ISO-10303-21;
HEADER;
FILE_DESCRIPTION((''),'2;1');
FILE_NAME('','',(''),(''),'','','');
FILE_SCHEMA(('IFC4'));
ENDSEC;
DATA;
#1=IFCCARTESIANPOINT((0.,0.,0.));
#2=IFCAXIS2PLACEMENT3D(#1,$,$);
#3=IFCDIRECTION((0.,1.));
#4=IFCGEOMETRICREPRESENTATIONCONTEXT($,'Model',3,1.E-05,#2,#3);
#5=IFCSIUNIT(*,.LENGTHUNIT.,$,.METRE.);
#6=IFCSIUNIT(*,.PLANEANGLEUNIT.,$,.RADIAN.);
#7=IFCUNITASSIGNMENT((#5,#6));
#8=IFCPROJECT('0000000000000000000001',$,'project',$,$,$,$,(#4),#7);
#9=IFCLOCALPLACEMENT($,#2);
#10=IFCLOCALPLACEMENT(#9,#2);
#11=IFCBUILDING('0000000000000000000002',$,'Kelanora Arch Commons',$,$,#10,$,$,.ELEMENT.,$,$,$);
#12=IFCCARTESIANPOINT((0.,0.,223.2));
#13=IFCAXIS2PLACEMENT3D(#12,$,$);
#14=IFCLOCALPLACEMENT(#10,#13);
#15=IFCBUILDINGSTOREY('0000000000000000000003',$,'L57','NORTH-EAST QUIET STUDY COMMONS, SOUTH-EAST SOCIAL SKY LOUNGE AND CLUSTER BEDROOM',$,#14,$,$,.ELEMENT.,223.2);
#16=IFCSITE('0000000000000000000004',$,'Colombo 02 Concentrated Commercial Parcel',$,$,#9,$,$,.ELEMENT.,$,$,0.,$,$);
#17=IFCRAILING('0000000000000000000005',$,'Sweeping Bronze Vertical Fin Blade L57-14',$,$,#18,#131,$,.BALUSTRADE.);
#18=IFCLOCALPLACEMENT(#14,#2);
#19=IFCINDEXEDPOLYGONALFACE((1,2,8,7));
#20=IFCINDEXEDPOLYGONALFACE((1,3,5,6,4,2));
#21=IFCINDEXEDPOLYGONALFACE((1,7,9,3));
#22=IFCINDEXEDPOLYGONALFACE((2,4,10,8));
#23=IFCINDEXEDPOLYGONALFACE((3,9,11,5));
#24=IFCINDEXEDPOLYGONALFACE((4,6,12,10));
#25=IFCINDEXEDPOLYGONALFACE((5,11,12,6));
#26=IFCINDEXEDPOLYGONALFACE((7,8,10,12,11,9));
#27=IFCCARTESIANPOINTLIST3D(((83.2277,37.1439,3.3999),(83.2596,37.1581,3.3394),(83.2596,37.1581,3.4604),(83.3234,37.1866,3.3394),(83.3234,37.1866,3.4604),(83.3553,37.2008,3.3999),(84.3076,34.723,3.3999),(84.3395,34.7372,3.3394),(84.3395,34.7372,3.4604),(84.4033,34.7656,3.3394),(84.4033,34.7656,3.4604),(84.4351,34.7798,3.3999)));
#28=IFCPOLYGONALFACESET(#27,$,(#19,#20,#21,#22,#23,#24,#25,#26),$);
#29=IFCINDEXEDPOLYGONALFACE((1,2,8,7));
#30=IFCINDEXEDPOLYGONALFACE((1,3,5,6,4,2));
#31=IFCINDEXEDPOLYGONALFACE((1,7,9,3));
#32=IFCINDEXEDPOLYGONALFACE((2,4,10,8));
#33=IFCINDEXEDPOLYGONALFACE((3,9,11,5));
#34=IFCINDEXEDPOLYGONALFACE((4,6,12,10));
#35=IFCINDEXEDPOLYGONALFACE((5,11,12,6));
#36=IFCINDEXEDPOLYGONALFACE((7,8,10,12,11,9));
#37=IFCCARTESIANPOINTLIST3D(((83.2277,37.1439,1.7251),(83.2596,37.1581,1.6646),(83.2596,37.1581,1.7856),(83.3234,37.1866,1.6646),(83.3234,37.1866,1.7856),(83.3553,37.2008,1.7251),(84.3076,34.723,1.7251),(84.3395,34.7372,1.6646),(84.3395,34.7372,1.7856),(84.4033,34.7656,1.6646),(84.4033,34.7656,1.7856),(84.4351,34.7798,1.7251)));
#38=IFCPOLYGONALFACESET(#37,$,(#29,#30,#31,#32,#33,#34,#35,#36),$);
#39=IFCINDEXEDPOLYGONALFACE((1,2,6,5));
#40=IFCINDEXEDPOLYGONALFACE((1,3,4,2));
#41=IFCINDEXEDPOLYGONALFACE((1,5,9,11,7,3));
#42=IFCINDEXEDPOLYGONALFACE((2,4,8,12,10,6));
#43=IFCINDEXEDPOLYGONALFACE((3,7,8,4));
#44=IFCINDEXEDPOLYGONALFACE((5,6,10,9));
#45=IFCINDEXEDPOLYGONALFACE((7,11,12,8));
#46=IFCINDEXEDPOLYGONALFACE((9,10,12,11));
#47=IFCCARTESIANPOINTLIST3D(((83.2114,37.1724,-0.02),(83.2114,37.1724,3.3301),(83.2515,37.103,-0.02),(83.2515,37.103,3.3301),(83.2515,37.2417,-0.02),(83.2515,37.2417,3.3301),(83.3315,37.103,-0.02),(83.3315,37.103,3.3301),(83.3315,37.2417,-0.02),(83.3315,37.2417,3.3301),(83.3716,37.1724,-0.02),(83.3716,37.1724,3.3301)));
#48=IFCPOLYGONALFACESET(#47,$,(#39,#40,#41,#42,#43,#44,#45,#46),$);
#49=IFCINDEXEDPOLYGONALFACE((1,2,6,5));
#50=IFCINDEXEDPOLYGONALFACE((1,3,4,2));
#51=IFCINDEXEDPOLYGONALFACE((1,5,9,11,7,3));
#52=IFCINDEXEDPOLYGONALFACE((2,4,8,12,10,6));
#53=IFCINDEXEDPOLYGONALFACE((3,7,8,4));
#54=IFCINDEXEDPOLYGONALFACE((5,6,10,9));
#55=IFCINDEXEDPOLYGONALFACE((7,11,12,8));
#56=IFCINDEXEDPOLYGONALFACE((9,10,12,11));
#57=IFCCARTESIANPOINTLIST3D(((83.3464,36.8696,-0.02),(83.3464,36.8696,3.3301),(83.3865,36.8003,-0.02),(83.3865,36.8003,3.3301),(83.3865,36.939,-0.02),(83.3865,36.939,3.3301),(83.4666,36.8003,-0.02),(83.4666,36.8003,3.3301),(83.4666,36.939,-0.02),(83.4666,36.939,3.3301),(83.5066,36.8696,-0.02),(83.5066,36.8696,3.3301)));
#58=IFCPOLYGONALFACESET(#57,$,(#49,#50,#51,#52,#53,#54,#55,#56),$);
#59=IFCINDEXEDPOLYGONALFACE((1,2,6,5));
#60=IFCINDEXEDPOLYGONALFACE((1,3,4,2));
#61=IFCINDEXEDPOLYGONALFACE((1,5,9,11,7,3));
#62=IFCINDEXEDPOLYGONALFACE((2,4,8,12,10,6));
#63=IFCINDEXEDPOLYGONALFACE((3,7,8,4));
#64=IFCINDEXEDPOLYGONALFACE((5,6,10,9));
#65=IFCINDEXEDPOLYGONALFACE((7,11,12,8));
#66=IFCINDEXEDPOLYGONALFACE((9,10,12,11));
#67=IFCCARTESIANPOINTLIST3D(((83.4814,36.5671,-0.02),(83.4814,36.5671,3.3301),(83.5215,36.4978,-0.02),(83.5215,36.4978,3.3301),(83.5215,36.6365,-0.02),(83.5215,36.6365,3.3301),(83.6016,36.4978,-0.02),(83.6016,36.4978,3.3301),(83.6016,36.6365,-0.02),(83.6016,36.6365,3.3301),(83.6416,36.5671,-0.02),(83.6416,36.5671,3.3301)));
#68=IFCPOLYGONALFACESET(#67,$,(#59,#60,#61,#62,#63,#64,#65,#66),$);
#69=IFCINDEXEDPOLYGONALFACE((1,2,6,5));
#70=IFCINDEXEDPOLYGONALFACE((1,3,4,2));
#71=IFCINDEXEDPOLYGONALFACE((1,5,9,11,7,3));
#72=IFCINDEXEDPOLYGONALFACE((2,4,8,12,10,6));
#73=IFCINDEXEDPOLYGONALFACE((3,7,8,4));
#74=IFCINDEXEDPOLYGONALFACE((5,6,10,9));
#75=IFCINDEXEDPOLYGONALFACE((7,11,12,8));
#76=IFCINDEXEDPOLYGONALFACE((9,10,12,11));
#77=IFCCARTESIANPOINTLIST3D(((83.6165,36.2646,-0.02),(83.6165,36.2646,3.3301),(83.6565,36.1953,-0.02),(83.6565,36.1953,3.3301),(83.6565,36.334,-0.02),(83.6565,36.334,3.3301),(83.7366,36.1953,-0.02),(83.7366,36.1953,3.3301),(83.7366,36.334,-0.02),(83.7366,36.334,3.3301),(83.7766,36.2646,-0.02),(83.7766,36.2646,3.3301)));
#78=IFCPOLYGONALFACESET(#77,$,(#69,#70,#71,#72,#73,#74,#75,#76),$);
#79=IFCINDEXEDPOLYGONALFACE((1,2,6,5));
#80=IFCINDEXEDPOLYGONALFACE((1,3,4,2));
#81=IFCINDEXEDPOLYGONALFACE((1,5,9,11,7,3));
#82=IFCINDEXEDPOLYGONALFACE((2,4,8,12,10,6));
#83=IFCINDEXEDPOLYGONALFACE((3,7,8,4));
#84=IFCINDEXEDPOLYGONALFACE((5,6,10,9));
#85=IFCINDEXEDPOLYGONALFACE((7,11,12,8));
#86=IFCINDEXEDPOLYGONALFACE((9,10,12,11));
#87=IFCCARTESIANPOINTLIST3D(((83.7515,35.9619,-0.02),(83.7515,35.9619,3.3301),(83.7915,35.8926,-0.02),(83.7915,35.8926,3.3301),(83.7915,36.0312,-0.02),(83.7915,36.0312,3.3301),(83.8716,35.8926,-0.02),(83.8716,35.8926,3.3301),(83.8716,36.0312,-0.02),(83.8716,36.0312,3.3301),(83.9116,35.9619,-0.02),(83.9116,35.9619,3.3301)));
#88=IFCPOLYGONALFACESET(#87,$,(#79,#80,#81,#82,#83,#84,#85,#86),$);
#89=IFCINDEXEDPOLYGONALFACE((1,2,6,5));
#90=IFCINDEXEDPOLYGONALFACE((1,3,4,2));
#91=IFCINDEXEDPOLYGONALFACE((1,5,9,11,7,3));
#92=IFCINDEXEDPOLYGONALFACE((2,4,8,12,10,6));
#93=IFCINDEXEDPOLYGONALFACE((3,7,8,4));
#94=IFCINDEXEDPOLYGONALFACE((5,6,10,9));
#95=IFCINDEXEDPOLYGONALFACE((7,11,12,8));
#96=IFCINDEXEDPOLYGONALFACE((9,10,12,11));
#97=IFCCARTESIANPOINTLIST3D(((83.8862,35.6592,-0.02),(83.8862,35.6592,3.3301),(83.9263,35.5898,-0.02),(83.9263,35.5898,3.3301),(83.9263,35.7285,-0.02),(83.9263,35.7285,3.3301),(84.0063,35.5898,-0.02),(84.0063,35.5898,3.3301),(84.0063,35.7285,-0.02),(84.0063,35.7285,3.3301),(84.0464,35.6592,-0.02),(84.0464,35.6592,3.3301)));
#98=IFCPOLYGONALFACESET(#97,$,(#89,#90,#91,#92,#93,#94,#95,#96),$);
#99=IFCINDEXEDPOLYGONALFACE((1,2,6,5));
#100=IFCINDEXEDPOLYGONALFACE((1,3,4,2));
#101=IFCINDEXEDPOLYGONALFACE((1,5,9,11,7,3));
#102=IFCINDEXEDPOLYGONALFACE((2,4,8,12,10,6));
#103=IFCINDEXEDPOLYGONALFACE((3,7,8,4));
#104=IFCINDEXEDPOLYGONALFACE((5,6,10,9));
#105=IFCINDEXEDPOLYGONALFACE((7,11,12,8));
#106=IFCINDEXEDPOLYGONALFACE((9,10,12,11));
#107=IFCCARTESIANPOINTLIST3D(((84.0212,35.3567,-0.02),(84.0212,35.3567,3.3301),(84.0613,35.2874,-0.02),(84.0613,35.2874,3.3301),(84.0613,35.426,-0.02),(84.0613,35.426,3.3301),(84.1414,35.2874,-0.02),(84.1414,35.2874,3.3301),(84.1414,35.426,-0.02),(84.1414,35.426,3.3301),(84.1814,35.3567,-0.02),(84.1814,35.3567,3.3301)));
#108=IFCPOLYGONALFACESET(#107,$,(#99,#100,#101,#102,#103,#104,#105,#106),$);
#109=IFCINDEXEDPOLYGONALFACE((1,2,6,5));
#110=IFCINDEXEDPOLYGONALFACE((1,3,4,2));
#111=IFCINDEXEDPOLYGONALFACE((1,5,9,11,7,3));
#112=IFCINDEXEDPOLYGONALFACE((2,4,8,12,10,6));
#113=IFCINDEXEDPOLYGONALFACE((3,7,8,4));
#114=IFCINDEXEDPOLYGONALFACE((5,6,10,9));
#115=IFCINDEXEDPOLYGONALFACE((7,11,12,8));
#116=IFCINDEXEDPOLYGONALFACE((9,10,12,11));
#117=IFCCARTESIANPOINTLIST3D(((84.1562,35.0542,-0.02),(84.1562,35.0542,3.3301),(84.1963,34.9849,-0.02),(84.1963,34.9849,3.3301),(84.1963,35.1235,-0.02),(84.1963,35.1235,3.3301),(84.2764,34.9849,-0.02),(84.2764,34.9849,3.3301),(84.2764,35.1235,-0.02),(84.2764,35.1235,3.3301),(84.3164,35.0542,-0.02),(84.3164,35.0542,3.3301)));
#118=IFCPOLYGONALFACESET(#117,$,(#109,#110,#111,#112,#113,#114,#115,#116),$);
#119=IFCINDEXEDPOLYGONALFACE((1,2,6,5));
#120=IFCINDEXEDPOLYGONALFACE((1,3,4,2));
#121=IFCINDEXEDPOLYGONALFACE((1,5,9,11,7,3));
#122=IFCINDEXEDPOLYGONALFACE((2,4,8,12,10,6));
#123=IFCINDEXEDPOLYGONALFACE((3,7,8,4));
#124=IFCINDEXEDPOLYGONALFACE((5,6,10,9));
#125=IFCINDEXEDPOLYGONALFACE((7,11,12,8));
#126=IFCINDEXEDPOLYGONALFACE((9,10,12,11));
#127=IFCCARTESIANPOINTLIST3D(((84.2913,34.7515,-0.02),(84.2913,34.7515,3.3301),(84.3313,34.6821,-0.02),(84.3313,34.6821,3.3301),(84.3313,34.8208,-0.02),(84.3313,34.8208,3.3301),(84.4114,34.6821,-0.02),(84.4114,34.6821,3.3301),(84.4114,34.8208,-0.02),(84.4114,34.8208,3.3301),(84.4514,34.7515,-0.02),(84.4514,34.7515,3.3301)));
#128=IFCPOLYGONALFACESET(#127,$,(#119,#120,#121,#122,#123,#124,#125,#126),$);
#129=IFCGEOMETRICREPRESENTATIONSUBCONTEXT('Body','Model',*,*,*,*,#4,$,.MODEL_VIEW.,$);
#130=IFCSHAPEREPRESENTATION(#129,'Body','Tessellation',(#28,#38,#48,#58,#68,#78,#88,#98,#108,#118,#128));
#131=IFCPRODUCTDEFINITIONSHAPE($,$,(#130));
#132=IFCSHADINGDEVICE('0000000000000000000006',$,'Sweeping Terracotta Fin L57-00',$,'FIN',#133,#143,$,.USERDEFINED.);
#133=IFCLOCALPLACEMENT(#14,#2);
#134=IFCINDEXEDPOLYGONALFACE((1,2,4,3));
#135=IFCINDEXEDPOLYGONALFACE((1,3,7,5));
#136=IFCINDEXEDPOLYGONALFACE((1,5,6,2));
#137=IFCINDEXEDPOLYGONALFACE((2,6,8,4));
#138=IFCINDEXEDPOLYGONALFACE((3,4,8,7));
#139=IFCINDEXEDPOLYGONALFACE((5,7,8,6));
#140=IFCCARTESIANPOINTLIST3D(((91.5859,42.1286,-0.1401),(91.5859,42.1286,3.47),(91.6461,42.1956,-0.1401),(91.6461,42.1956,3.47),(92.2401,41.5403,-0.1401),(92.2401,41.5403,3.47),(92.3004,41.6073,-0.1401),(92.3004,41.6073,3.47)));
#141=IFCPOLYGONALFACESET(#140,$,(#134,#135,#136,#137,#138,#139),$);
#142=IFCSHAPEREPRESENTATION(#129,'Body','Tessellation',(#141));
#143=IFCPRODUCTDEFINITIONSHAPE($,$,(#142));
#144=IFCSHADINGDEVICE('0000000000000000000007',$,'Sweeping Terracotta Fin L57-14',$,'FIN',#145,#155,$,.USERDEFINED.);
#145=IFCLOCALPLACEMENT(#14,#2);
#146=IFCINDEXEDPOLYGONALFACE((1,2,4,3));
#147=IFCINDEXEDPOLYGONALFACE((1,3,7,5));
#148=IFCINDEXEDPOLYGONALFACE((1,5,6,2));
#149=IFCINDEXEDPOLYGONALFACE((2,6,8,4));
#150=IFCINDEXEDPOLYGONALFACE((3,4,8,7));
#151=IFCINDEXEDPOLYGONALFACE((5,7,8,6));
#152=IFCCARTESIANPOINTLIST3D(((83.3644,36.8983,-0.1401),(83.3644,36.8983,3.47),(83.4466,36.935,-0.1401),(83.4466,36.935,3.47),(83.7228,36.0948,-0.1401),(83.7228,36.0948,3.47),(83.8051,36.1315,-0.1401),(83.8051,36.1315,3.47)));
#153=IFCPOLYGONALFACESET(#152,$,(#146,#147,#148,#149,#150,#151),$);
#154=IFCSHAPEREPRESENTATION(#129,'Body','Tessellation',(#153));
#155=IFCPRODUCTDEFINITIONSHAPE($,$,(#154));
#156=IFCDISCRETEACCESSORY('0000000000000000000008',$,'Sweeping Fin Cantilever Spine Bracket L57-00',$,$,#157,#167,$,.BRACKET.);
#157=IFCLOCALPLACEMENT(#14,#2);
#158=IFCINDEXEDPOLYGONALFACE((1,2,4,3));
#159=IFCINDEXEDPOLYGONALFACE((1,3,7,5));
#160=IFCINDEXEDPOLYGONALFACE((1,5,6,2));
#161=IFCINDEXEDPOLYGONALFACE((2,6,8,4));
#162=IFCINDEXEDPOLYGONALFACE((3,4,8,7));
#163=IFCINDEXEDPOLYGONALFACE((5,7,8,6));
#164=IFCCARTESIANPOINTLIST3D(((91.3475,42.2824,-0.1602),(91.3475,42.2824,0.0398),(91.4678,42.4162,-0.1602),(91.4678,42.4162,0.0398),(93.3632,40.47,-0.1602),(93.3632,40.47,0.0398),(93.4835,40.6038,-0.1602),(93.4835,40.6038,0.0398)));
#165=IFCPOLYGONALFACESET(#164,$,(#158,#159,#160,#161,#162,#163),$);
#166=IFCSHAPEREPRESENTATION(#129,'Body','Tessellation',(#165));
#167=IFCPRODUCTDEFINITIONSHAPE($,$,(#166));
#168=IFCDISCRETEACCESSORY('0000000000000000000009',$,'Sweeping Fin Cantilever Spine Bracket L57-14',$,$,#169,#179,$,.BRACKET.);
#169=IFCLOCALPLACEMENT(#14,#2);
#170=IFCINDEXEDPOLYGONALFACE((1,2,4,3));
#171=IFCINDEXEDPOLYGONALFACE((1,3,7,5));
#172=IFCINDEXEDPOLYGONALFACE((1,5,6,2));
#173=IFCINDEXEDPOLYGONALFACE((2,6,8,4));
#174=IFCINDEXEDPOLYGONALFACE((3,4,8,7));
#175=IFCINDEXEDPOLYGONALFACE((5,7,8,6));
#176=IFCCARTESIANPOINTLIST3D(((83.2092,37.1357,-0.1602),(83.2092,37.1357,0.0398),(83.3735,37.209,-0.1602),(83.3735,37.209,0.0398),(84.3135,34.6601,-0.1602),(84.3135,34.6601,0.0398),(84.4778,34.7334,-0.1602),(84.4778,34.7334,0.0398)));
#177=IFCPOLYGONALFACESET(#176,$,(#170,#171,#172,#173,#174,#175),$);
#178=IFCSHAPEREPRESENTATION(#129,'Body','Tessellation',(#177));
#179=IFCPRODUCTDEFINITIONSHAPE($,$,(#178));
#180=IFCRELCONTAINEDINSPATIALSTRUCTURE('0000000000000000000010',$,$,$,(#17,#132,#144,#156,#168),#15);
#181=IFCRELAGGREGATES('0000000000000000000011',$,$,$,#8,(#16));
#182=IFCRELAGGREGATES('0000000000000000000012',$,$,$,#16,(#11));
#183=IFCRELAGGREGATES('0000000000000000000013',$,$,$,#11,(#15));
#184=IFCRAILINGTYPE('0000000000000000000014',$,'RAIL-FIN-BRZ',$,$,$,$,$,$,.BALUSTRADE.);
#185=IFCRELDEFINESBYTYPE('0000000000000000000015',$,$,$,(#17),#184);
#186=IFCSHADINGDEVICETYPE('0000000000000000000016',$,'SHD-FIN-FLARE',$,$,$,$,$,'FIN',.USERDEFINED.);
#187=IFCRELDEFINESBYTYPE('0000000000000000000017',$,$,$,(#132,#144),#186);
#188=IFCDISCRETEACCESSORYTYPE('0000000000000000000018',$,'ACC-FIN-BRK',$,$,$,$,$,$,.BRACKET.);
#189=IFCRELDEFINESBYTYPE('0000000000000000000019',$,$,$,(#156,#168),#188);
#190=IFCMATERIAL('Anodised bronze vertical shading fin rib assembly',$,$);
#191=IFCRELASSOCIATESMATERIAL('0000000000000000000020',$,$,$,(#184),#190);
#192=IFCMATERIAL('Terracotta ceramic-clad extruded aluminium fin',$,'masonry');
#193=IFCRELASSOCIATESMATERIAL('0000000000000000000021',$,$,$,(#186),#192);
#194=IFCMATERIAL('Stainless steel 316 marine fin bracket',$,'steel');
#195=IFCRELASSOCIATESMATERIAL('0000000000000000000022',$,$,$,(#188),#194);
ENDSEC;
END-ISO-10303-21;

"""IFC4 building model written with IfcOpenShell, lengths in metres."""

from ifc_helpers import new_model, si_unit, direction, frame, origin, origin_2d, place, context, subcontext, project, spatial, polyline, rectangle, outline, extrude, source, transform, mapped, material, type_object, element, save


model = new_model("IFC4")

# Units and contexts
model_context = context("Model", 3, precision=1e-05, world=origin(), true_north=direction((0.0, 1.0)))
body_context = subcontext(model_context, "Body", "Model", "MODEL_VIEW")
ifc_project = project(units=[si_unit("LENGTHUNIT", "METRE"), si_unit("PLANEANGLEUNIT", "RADIAN")], contexts=[model_context])

# Site, building, storey
site_placement = place(None, origin())
site = spatial("IfcSite", under=ifc_project, at=site_placement, Name="Colombo 02 Concentrated Commercial Parcel", CompositionType="ELEMENT", RefElevation=0.0)
building_placement = place(site_placement, origin())
building = spatial("IfcBuilding", under=site, at=building_placement, Name="Kelanora Arch Commons", CompositionType="ELEMENT")
storey_placement = place(building_placement, frame((0.0, 0.0, 223.2)))
storey = spatial("IfcBuildingStorey", under=building, at=storey_placement, Name="L57", Description="NORTH-EAST QUIET STUDY COMMONS, SOUTH-EAST SOCIAL SKY LOUNGE AND CLUSTER BEDROOM", CompositionType="ELEMENT", Elevation=223.2)

# Railing
ifc_material_1 = material(Name="Anodised bronze vertical shading fin rib assembly")
railing_type = type_object("IfcRailingType", Name="RAIL-FIN-BRZ", PredefinedType="BALUSTRADE", material=ifc_material_1)
railing_1_placement = place(storey_placement, frame((83.2915, 37.1724, -0.02)))
element("IfcRailing", 1, at=railing_1_placement, inside=storey, type_object=railing_type, Name="Sweeping Bronze Vertical Fin Blade L57-14", PredefinedType="BALUSTRADE", context=body_context, shape_type="SweptSolid", body=[
    extrude(outline(polyline([(0.0698, 0.0), (0.0349, 0.0605), (-0.0349, 0.0605), (-0.0698, 0.0), (-0.0349, -0.0605), (0.0349, -0.0605), (0.0698, 0.0)])), frame((0.0, 0.0, 3.4199), z_axis=(0.40736, -0.913268, 0.0), x_axis=(0.913268, 0.40736, 0.0)), (0.0, 0.0, 1.0), 2.6509),
    extrude(outline(polyline([(0.0698, 0.0), (0.0349, 0.0605), (-0.0349, 0.0605), (-0.0698, 0.0), (-0.0349, -0.0605), (0.0349, -0.0605), (0.0698, 0.0)])), frame((0.0, 0.0, 1.7451), z_axis=(0.40736, -0.913268, 0.0), x_axis=(0.913268, 0.40736, 0.0)), (0.0, 0.0, 1.0), 2.6509),
    extrude(outline(polyline([(0.0801, 0.0), (0.04, 0.0693), (-0.04, 0.0693), (-0.0801, 0.0), (-0.04, -0.0693), (0.04, -0.0693), (0.0801, 0.0)])), origin(), (0.0, 0.0, 1.0), 3.3501),
    extrude(outline(polyline([(0.0801, 0.0), (0.04, 0.0693), (-0.04, 0.0693), (-0.0801, 0.0), (-0.04, -0.0693), (0.04, -0.0693), (0.0801, 0.0)])), frame((0.135, -0.3027, 0.0)), (0.0, 0.0, 1.0), 3.3501),
    extrude(outline(polyline([(0.0801, 0.0), (0.04, 0.0693), (-0.04, 0.0693), (-0.0801, 0.0), (-0.04, -0.0693), (0.04, -0.0693), (0.0801, 0.0)])), frame((0.27, -0.6052, 0.0)), (0.0, 0.0, 1.0), 3.3501),
    extrude(outline(polyline([(0.0801, 0.0), (0.04, 0.0693), (-0.04, 0.0693), (-0.0801, 0.0), (-0.04, -0.0693), (0.04, -0.0693), (0.0801, 0.0)])), frame((0.405, -0.9077, 0.0)), (0.0, 0.0, 1.0), 3.3501),
    extrude(outline(polyline([(0.0801, 0.0), (0.04, 0.0693), (-0.04, 0.0693), (-0.0801, 0.0), (-0.04, -0.0693), (0.04, -0.0693), (0.0801, 0.0)])), frame((0.54, -1.2104, 0.0)), (0.0, 0.0, 1.0), 3.3501),
    extrude(outline(polyline([(0.0801, 0.0), (0.04, 0.0693), (-0.04, 0.0693), (-0.0801, 0.0), (-0.04, -0.0693), (0.04, -0.0693), (0.0801, 0.0)])), frame((0.6748, -1.5132, 0.0)), (0.0, 0.0, 1.0), 3.3501),
    extrude(outline(polyline([(0.0801, 0.0), (0.04, 0.0693), (-0.04, 0.0693), (-0.0801, 0.0), (-0.04, -0.0693), (0.04, -0.0693), (0.0801, 0.0)])), frame((0.8098, -1.8157, 0.0)), (0.0, 0.0, 1.0), 3.3501),
    extrude(outline(polyline([(0.0801, 0.0), (0.04, 0.0693), (-0.04, 0.0693), (-0.0801, 0.0), (-0.04, -0.0693), (0.04, -0.0693), (0.0801, 0.0)])), frame((0.9448, -2.1182, 0.0)), (0.0, 0.0, 1.0), 3.3501),
    extrude(outline(polyline([(0.0801, 0.0), (0.04, 0.0693), (-0.04, 0.0693), (-0.0801, 0.0), (-0.04, -0.0693), (0.04, -0.0693), (0.0801, 0.0)])), frame((1.0798, -2.4209, 0.0)), (0.0, 0.0, 1.0), 3.3501),
])

# Shading devices
ifc_material_2 = material(Name="Terracotta ceramic-clad extruded aluminium fin", Category="masonry")
shading_device_type = type_object("IfcShadingDeviceType", Name="SHD-FIN-FLARE", ElementType="FIN", PredefinedType="USERDEFINED", material=ifc_material_2)
shared_shape_1 = source(origin(), body_context, "Body", "SweptSolid", [
    extrude(rectangle(XDim=0.8799, YDim=0.0901, at=origin_2d()), origin(), (0.0, 0.0, 1.0), 3.6101),
])
for number, where, z_axis, x_axis, name in (
    (2, (91.9431, 41.8679, -0.1401), (0.0, 0.0, 1.0), (0.743612, -0.668612, 0.0), "Sweeping Terracotta Fin L57-00"),
    (3, (83.5847, 36.5149, -0.1401), (0.0, 0.0, 1.0), (0.407374, -0.913261, 0.0), "Sweeping Terracotta Fin L57-14"),
):
    element("IfcShadingDevice", number, at=place(storey_placement, frame(where, z_axis=z_axis, x_axis=x_axis)), inside=storey, type_object=shading_device_type, Name=name, ObjectType="FIN", PredefinedType="USERDEFINED", context=body_context, shape_type="MappedRepresentation", body=[
        mapped(shared_shape_1, transform((0.0, 0.0, 0.0), scale=1.0)),
    ])

# Discrete accessories
ifc_material_3 = material(Name="Stainless steel 316 marine fin bracket", Category="steel")
discrete_accessory_type = type_object("IfcDiscreteAccessoryType", Name="ACC-FIN-BRK", PredefinedType="BRACKET", material=ifc_material_3)
shared_shape_2 = source(origin(), body_context, "Body", "SweptSolid", [
    extrude(rectangle(XDim=2.7107, YDim=0.1799, at=origin_2d()), origin(), (0.0, 0.0, 1.0), 0.2),
])
for number, where, z_axis, x_axis, name in (
    (4, (92.4155, 41.4431, -0.1602), (0.0, 0.0, 1.0), (0.743612, -0.668612, 0.0), "Sweeping Fin Cantilever Spine Bracket L57-00"),
    (5, (83.8435, 35.9346, -0.1602), (0.0, 0.0, 1.0), (0.407374, -0.913261, 0.0), "Sweeping Fin Cantilever Spine Bracket L57-14"),
):
    element("IfcDiscreteAccessory", number, at=place(storey_placement, frame(where, z_axis=z_axis, x_axis=x_axis)), inside=storey, type_object=discrete_accessory_type, Name=name, PredefinedType="BRACKET", context=body_context, shape_type="MappedRepresentation", body=[
        mapped(shared_shape_2, transform((0.0, 0.0, 0.0), scale=1.0)),
    ])

save(model, "model.ifc")
